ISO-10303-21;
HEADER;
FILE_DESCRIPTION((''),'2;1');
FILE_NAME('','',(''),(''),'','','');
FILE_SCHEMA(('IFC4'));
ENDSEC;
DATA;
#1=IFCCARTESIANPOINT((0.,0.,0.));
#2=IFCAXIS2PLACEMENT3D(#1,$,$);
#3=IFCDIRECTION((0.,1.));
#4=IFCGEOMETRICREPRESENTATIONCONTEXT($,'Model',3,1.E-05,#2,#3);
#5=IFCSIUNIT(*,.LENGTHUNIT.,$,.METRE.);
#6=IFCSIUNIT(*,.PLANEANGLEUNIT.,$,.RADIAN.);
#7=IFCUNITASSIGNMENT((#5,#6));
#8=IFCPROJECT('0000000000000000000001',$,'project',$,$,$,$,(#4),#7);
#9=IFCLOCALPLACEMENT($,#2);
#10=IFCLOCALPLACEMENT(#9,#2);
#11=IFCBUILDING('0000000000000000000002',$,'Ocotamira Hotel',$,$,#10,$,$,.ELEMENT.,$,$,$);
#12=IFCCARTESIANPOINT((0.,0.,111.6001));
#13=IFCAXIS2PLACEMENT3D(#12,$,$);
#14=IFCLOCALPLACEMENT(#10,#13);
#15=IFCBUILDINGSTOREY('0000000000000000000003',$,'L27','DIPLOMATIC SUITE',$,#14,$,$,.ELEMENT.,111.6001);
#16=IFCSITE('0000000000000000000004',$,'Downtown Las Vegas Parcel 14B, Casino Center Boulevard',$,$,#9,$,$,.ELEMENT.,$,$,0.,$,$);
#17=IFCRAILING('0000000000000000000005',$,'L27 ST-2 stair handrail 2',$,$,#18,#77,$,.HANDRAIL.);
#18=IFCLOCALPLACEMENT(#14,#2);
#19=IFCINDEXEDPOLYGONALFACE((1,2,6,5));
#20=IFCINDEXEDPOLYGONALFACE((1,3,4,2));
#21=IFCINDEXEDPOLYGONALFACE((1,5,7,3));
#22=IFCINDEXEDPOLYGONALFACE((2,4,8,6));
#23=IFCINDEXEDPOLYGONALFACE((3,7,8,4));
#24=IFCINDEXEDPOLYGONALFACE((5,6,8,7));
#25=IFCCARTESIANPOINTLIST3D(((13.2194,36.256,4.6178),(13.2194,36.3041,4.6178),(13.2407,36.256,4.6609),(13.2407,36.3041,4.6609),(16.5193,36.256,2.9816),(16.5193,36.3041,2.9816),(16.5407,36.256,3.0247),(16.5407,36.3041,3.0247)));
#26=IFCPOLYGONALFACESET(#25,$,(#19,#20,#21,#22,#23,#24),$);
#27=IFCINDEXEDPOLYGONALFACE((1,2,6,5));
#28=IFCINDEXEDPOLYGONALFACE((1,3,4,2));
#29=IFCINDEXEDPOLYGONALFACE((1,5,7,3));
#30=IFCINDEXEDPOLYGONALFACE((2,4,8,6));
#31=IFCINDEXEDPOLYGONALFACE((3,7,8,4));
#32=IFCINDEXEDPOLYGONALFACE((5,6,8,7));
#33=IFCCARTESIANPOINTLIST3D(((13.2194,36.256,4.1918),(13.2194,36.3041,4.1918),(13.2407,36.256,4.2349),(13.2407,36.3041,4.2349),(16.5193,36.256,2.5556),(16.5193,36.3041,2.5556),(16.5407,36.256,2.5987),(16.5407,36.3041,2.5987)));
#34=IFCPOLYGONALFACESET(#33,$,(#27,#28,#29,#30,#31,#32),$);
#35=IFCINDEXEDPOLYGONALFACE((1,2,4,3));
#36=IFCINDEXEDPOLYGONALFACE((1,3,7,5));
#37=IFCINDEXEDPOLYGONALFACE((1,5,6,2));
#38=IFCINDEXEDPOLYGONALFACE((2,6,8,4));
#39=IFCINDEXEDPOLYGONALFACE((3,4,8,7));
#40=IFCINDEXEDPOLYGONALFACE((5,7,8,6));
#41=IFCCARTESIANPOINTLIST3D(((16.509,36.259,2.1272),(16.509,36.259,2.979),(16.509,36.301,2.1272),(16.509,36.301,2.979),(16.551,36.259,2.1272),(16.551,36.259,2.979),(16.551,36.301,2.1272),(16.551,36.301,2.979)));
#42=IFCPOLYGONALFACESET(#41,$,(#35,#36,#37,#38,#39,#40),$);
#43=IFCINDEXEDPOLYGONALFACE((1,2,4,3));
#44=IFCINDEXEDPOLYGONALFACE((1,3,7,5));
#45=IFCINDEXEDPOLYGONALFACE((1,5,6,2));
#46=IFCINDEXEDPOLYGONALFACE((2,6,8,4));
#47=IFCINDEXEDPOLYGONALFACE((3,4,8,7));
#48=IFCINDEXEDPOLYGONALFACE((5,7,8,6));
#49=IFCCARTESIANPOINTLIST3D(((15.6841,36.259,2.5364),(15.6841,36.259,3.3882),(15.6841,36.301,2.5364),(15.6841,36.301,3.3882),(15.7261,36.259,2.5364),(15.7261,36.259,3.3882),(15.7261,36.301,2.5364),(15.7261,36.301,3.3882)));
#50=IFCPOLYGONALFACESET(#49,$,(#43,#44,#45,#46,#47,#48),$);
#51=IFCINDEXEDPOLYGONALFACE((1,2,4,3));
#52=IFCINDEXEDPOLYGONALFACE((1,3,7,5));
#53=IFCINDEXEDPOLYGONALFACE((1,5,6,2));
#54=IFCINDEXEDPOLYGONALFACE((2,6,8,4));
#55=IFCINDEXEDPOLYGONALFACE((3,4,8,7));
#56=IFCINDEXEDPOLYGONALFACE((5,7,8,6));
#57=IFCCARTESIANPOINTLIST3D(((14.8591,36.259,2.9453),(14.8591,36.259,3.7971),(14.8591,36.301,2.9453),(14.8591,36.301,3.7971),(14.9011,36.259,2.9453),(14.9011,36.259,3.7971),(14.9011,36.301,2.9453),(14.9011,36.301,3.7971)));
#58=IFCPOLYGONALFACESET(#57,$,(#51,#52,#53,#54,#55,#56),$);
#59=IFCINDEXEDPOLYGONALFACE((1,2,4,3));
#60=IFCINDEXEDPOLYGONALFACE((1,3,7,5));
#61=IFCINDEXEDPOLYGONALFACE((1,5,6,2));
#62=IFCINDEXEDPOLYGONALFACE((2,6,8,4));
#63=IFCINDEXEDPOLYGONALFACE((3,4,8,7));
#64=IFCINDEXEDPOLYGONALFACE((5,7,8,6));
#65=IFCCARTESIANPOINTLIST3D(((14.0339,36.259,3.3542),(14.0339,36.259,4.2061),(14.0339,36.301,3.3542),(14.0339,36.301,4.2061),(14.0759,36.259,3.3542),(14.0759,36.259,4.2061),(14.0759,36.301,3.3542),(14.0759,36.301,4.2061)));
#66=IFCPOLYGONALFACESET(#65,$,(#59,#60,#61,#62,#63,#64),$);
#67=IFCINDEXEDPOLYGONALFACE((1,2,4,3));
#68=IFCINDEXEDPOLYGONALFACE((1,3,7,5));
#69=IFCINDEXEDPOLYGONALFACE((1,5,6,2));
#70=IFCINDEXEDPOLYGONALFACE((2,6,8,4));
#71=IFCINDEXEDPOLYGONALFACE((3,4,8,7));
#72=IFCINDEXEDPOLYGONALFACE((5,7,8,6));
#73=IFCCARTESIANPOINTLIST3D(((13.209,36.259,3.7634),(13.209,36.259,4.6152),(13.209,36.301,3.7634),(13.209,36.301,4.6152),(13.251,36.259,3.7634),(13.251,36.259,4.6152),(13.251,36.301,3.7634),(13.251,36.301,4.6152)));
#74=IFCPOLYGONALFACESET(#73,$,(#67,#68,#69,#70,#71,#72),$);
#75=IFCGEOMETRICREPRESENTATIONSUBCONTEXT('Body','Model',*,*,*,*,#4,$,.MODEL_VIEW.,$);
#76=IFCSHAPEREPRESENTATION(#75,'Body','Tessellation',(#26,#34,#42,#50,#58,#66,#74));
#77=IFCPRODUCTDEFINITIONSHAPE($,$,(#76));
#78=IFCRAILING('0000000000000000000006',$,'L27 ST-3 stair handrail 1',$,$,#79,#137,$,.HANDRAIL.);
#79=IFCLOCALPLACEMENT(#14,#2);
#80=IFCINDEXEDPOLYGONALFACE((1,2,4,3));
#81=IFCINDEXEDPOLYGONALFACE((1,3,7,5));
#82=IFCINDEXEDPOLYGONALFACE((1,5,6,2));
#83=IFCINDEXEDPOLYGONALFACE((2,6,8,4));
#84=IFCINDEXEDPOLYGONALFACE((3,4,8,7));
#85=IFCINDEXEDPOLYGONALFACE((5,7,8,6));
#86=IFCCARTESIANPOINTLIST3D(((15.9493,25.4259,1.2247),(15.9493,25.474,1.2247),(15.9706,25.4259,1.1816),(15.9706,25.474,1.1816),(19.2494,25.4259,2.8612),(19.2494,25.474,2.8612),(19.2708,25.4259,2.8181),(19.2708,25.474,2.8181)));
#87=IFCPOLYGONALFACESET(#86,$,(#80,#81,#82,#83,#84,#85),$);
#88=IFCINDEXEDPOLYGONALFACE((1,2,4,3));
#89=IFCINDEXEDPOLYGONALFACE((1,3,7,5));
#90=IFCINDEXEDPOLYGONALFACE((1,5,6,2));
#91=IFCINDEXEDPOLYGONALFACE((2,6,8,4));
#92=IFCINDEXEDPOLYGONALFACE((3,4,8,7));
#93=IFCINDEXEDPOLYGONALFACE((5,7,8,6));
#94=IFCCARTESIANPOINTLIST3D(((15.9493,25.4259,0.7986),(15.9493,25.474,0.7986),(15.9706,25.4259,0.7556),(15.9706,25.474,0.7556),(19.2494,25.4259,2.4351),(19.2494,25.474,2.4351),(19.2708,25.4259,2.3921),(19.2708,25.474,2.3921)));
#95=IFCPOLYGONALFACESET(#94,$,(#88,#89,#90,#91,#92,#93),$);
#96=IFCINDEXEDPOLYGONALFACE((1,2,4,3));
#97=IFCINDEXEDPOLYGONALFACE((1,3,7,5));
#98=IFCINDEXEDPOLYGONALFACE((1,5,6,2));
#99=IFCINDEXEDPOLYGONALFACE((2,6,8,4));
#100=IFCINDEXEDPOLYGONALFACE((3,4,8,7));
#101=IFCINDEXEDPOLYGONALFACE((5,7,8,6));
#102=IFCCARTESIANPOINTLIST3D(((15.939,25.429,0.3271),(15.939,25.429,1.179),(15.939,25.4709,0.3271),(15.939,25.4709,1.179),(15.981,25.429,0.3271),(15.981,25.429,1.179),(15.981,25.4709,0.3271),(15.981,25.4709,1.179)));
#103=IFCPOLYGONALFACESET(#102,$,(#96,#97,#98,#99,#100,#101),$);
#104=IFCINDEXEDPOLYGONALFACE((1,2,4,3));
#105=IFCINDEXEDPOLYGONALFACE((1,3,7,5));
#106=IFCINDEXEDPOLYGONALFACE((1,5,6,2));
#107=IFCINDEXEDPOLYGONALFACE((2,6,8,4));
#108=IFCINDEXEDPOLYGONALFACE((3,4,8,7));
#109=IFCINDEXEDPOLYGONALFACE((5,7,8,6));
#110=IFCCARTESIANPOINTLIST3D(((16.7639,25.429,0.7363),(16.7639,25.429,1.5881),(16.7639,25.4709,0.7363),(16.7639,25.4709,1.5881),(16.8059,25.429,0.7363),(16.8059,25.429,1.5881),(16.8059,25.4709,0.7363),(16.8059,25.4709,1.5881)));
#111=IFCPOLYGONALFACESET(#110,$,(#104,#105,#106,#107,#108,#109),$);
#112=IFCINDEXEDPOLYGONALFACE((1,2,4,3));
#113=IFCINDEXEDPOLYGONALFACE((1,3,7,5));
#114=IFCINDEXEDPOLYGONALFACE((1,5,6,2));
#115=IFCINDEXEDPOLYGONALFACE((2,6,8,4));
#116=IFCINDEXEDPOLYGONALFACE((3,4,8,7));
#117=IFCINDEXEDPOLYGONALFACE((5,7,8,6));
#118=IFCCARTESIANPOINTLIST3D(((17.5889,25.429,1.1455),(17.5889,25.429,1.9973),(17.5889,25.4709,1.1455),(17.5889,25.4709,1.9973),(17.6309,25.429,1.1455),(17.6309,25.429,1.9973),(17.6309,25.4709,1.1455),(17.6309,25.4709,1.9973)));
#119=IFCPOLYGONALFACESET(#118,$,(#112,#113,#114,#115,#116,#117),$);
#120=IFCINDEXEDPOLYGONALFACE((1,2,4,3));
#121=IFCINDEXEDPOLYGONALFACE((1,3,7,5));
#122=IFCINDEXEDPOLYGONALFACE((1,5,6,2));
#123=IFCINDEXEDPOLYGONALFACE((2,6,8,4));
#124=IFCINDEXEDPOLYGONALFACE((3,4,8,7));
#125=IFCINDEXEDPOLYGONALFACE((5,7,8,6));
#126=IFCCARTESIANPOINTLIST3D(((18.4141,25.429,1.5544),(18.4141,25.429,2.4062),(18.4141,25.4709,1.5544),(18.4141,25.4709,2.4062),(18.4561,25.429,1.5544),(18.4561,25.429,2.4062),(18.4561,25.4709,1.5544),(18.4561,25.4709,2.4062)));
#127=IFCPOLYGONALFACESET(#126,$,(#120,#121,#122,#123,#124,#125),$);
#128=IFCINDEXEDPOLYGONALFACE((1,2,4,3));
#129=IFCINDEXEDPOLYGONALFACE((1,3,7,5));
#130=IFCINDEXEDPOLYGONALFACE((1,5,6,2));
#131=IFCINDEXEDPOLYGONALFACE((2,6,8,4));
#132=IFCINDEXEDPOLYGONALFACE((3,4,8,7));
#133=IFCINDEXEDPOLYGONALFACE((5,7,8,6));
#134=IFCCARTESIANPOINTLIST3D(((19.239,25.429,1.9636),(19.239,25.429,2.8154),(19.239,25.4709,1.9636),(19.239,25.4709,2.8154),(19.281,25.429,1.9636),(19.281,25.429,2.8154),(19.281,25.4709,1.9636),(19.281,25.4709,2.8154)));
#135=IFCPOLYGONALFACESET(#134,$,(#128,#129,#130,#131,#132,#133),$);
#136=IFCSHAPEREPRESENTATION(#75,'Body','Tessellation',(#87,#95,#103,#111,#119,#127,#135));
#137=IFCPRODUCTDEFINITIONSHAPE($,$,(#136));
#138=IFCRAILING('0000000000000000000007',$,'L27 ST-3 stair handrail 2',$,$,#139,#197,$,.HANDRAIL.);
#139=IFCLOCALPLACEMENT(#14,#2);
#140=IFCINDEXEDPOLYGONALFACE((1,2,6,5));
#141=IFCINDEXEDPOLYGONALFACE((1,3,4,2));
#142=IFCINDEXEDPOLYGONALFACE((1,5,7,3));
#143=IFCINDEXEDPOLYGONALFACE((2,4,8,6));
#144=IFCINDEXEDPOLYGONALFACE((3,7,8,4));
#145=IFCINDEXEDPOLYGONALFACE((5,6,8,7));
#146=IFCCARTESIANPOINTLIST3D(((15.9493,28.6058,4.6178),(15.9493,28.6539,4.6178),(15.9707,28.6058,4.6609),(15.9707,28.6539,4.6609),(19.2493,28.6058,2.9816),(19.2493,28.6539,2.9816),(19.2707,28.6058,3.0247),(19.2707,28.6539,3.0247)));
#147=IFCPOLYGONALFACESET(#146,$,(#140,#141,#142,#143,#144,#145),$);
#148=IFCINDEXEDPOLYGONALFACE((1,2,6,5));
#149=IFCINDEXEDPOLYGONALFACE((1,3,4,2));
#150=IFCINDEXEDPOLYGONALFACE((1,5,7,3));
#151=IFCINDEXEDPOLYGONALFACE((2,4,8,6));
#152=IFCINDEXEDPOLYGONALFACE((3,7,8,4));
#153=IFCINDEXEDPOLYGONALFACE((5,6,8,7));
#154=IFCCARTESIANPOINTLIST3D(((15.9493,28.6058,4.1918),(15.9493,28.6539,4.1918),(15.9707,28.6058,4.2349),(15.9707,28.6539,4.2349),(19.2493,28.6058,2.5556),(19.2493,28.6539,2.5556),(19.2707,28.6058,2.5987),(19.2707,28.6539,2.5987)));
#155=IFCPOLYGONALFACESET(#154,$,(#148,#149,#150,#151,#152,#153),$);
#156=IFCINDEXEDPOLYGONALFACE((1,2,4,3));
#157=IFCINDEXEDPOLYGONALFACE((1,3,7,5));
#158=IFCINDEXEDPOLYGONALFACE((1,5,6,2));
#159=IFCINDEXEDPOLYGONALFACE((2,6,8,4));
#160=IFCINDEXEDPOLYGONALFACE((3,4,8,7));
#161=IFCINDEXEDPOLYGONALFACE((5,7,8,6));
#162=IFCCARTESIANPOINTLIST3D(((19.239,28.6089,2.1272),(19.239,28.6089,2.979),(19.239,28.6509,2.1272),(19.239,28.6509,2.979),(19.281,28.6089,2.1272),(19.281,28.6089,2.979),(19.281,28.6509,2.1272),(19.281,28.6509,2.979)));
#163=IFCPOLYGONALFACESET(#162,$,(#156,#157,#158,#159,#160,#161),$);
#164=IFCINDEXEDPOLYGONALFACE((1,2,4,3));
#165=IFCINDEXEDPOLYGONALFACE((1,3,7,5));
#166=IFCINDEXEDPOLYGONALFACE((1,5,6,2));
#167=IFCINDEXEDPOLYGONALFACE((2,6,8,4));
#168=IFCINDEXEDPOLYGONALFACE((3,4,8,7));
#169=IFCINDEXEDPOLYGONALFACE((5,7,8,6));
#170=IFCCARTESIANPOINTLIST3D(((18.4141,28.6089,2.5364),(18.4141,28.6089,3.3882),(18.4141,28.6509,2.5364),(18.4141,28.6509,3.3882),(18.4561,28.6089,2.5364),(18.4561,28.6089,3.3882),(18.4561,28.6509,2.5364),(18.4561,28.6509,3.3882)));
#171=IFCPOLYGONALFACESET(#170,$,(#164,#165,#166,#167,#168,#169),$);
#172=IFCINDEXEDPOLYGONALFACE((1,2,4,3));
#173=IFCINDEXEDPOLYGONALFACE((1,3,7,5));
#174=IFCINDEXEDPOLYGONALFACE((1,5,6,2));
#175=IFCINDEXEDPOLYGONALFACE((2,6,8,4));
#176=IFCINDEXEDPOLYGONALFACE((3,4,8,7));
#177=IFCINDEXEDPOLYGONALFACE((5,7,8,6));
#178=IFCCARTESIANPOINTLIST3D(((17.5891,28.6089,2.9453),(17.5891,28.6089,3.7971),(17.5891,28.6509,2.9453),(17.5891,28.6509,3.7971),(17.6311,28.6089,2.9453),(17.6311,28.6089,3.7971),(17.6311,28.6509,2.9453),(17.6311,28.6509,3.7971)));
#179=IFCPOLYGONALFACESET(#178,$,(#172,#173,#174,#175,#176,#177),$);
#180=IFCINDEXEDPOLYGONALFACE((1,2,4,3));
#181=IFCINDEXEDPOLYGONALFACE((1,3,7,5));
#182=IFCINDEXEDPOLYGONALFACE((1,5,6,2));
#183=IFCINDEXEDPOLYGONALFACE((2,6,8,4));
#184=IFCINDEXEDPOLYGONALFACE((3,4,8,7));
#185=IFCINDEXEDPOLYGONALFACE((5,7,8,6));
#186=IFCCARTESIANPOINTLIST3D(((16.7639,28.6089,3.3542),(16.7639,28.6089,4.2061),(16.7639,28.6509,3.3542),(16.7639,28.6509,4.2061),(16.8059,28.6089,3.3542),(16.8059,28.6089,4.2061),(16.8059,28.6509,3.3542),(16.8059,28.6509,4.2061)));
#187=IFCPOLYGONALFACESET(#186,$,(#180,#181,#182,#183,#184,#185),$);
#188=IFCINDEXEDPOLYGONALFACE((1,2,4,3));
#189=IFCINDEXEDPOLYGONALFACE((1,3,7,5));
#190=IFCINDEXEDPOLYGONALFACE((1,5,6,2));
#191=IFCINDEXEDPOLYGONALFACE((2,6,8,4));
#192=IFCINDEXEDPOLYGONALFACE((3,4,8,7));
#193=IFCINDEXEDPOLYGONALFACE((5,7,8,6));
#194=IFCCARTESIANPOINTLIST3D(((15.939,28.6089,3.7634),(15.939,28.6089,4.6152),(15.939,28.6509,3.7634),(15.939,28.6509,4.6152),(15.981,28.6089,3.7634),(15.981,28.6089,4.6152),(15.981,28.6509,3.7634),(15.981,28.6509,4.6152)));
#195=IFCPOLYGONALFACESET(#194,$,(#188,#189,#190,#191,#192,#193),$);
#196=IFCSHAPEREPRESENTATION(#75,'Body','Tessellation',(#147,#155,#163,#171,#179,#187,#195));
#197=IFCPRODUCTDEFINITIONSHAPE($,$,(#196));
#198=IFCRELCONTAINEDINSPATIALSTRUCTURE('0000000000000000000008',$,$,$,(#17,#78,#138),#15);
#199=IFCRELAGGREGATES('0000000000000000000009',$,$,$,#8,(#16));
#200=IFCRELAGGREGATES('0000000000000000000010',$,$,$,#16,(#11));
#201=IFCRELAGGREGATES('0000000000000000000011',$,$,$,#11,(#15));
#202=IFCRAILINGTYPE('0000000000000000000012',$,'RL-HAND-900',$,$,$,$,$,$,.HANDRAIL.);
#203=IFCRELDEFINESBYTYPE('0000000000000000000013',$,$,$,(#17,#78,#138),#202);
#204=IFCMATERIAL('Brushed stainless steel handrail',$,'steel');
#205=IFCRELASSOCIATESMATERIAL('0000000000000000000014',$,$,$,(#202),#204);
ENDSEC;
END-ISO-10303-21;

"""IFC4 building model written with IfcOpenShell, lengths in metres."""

from ifc_helpers import new_model, si_unit, direction, frame, origin, origin_2d, place, context, subcontext, project, spatial, rectangle, extrude, material, type_object, element, save


model = new_model("IFC4")

# Units and contexts
model_context = context("Model", 3, precision=1e-05, world=origin(), true_north=direction((0.0, 1.0)))
body_context = subcontext(model_context, "Body", "Model", "MODEL_VIEW")
ifc_project = project(units=[si_unit("LENGTHUNIT", "METRE"), si_unit("PLANEANGLEUNIT", "RADIAN")], contexts=[model_context])

# Site, building, storey
site_placement = place(None, origin())
site = spatial("IfcSite", under=ifc_project, at=site_placement, Name="Downtown Las Vegas Parcel 14B, Casino Center Boulevard", CompositionType="ELEMENT", RefElevation=0.0)
building_placement = place(site_placement, origin())
building = spatial("IfcBuilding", under=site, at=building_placement, Name="Ocotamira Hotel", CompositionType="ELEMENT")
storey_placement = place(building_placement, frame((0.0, 0.0, 111.6001)))
storey = spatial("IfcBuildingStorey", under=building, at=storey_placement, Name="L27", Description="DIPLOMATIC SUITE", CompositionType="ELEMENT", Elevation=111.6001)

# Railings
ifc_material_1 = material(Name="Brushed stainless steel handrail", Category="steel")
railing_type_1 = type_object("IfcRailingType", Name="RL-HAND-900", PredefinedType="HANDRAIL", material=ifc_material_1)
railing_1_placement = place(storey_placement, frame((16.53, 36.28, 2.1272)))
element("IfcRailing", 1, at=railing_1_placement, inside=storey, type_object=railing_type_1, Name="L27 ST-2 stair handrail 2", PredefinedType="HANDRAIL", context=body_context, shape_type="SweptSolid", body=[
    extrude(rectangle(XDim=0.0481, YDim=0.0481, at=origin_2d()), frame((0.0, 0.0, 0.876), z_axis=(-0.89592, 0.0, 0.444215), x_axis=(0.0, -1.0, 0.0)), (0.0, 0.0, 1.0), 3.6833),
    extrude(rectangle(XDim=0.0481, YDim=0.0481, at=origin_2d()), frame((0.0, 0.0, 0.45), z_axis=(-0.89592, 0.0, 0.444215), x_axis=(0.0, -1.0, 0.0)), (0.0, 0.0, 1.0), 3.6833),
    extrude(rectangle(XDim=0.042, YDim=0.042, at=origin_2d()), origin(), (0.0, 0.0, 1.0), 0.8518),
    extrude(rectangle(XDim=0.042, YDim=0.042, at=origin_2d()), frame((-0.825, 0.0, 0.4092)), (0.0, 0.0, 1.0), 0.8518),
    extrude(rectangle(XDim=0.042, YDim=0.042, at=origin_2d()), frame((-1.6499, 0.0, 0.8181)), (0.0, 0.0, 1.0), 0.8518),
    extrude(rectangle(XDim=0.042, YDim=0.042, at=origin_2d()), frame((-2.4751, 0.0, 1.2271)), (0.0, 0.0, 1.0), 0.8518),
    extrude(rectangle(XDim=0.042, YDim=0.042, at=origin_2d()), frame((-3.3, 0.0, 1.6362)), (0.0, 0.0, 1.0), 0.8518),
])
railing_2_placement = place(storey_placement, frame((15.96, 25.45, 0.3271)))
element("IfcRailing", 2, at=railing_2_placement, inside=storey, type_object=railing_type_1, Name="L27 ST-3 stair handrail 1", PredefinedType="HANDRAIL", context=body_context, shape_type="SweptSolid", body=[
    extrude(rectangle(XDim=0.0481, YDim=0.0481, at=origin_2d()), frame((0.0, 0.0, 0.876), z_axis=(0.895894, 0.0, 0.444268), x_axis=(0.0, 1.0, 0.0)), (0.0, 0.0, 1.0), 3.6836),
    extrude(rectangle(XDim=0.0481, YDim=0.0481, at=origin_2d()), frame((0.0, 0.0, 0.45), z_axis=(0.895894, 0.0, 0.444268), x_axis=(0.0, 1.0, 0.0)), (0.0, 0.0, 1.0), 3.6836),
    extrude(rectangle(XDim=0.042, YDim=0.042, at=origin_2d()), origin(), (0.0, 0.0, 1.0), 0.8518),
    extrude(rectangle(XDim=0.042, YDim=0.042, at=origin_2d()), frame((0.825, 0.0, 0.4092)), (0.0, 0.0, 1.0), 0.8518),
    extrude(rectangle(XDim=0.042, YDim=0.042, at=origin_2d()), frame((1.6499, 0.0, 0.8184)), (0.0, 0.0, 1.0), 0.8518),
    extrude(rectangle(XDim=0.042, YDim=0.042, at=origin_2d()), frame((2.4751, 0.0, 1.2273)), (0.0, 0.0, 1.0), 0.8518),
    extrude(rectangle(XDim=0.042, YDim=0.042, at=origin_2d()), frame((3.3, 0.0, 1.6365)), (0.0, 0.0, 1.0), 0.8518),
])
railing_3_placement = place(storey_placement, frame((19.26, 28.6299, 2.1272)))
element("IfcRailing", 3, at=railing_3_placement, inside=storey, type_object=railing_type_1, Name="L27 ST-3 stair handrail 2", PredefinedType="HANDRAIL", context=body_context, shape_type="SweptSolid", body=[
    extrude(rectangle(XDim=0.0481, YDim=0.0481, at=origin_2d()), frame((0.0, 0.0, 0.876), z_axis=(-0.89592, 0.0, 0.444215), x_axis=(0.0, -1.0, 0.0)), (0.0, 0.0, 1.0), 3.6833),
    extrude(rectangle(XDim=0.0481, YDim=0.0481, at=origin_2d()), frame((0.0, 0.0, 0.45), z_axis=(-0.89592, 0.0, 0.444215), x_axis=(0.0, -1.0, 0.0)), (0.0, 0.0, 1.0), 3.6833),
    extrude(rectangle(XDim=0.042, YDim=0.042, at=origin_2d()), origin(), (0.0, 0.0, 1.0), 0.8518),
    extrude(rectangle(XDim=0.042, YDim=0.042, at=origin_2d()), frame((-0.825, 0.0, 0.4092)), (0.0, 0.0, 1.0), 0.8518),
    extrude(rectangle(XDim=0.042, YDim=0.042, at=origin_2d()), frame((-1.6499, 0.0, 0.8181)), (0.0, 0.0, 1.0), 0.8518),
    extrude(rectangle(XDim=0.042, YDim=0.042, at=origin_2d()), frame((-2.4751, 0.0, 1.2271)), (0.0, 0.0, 1.0), 0.8518),
    extrude(rectangle(XDim=0.042, YDim=0.042, at=origin_2d()), frame((-3.3, 0.0, 1.6362)), (0.0, 0.0, 1.0), 0.8518),
])

save(model, "model.ifc")
